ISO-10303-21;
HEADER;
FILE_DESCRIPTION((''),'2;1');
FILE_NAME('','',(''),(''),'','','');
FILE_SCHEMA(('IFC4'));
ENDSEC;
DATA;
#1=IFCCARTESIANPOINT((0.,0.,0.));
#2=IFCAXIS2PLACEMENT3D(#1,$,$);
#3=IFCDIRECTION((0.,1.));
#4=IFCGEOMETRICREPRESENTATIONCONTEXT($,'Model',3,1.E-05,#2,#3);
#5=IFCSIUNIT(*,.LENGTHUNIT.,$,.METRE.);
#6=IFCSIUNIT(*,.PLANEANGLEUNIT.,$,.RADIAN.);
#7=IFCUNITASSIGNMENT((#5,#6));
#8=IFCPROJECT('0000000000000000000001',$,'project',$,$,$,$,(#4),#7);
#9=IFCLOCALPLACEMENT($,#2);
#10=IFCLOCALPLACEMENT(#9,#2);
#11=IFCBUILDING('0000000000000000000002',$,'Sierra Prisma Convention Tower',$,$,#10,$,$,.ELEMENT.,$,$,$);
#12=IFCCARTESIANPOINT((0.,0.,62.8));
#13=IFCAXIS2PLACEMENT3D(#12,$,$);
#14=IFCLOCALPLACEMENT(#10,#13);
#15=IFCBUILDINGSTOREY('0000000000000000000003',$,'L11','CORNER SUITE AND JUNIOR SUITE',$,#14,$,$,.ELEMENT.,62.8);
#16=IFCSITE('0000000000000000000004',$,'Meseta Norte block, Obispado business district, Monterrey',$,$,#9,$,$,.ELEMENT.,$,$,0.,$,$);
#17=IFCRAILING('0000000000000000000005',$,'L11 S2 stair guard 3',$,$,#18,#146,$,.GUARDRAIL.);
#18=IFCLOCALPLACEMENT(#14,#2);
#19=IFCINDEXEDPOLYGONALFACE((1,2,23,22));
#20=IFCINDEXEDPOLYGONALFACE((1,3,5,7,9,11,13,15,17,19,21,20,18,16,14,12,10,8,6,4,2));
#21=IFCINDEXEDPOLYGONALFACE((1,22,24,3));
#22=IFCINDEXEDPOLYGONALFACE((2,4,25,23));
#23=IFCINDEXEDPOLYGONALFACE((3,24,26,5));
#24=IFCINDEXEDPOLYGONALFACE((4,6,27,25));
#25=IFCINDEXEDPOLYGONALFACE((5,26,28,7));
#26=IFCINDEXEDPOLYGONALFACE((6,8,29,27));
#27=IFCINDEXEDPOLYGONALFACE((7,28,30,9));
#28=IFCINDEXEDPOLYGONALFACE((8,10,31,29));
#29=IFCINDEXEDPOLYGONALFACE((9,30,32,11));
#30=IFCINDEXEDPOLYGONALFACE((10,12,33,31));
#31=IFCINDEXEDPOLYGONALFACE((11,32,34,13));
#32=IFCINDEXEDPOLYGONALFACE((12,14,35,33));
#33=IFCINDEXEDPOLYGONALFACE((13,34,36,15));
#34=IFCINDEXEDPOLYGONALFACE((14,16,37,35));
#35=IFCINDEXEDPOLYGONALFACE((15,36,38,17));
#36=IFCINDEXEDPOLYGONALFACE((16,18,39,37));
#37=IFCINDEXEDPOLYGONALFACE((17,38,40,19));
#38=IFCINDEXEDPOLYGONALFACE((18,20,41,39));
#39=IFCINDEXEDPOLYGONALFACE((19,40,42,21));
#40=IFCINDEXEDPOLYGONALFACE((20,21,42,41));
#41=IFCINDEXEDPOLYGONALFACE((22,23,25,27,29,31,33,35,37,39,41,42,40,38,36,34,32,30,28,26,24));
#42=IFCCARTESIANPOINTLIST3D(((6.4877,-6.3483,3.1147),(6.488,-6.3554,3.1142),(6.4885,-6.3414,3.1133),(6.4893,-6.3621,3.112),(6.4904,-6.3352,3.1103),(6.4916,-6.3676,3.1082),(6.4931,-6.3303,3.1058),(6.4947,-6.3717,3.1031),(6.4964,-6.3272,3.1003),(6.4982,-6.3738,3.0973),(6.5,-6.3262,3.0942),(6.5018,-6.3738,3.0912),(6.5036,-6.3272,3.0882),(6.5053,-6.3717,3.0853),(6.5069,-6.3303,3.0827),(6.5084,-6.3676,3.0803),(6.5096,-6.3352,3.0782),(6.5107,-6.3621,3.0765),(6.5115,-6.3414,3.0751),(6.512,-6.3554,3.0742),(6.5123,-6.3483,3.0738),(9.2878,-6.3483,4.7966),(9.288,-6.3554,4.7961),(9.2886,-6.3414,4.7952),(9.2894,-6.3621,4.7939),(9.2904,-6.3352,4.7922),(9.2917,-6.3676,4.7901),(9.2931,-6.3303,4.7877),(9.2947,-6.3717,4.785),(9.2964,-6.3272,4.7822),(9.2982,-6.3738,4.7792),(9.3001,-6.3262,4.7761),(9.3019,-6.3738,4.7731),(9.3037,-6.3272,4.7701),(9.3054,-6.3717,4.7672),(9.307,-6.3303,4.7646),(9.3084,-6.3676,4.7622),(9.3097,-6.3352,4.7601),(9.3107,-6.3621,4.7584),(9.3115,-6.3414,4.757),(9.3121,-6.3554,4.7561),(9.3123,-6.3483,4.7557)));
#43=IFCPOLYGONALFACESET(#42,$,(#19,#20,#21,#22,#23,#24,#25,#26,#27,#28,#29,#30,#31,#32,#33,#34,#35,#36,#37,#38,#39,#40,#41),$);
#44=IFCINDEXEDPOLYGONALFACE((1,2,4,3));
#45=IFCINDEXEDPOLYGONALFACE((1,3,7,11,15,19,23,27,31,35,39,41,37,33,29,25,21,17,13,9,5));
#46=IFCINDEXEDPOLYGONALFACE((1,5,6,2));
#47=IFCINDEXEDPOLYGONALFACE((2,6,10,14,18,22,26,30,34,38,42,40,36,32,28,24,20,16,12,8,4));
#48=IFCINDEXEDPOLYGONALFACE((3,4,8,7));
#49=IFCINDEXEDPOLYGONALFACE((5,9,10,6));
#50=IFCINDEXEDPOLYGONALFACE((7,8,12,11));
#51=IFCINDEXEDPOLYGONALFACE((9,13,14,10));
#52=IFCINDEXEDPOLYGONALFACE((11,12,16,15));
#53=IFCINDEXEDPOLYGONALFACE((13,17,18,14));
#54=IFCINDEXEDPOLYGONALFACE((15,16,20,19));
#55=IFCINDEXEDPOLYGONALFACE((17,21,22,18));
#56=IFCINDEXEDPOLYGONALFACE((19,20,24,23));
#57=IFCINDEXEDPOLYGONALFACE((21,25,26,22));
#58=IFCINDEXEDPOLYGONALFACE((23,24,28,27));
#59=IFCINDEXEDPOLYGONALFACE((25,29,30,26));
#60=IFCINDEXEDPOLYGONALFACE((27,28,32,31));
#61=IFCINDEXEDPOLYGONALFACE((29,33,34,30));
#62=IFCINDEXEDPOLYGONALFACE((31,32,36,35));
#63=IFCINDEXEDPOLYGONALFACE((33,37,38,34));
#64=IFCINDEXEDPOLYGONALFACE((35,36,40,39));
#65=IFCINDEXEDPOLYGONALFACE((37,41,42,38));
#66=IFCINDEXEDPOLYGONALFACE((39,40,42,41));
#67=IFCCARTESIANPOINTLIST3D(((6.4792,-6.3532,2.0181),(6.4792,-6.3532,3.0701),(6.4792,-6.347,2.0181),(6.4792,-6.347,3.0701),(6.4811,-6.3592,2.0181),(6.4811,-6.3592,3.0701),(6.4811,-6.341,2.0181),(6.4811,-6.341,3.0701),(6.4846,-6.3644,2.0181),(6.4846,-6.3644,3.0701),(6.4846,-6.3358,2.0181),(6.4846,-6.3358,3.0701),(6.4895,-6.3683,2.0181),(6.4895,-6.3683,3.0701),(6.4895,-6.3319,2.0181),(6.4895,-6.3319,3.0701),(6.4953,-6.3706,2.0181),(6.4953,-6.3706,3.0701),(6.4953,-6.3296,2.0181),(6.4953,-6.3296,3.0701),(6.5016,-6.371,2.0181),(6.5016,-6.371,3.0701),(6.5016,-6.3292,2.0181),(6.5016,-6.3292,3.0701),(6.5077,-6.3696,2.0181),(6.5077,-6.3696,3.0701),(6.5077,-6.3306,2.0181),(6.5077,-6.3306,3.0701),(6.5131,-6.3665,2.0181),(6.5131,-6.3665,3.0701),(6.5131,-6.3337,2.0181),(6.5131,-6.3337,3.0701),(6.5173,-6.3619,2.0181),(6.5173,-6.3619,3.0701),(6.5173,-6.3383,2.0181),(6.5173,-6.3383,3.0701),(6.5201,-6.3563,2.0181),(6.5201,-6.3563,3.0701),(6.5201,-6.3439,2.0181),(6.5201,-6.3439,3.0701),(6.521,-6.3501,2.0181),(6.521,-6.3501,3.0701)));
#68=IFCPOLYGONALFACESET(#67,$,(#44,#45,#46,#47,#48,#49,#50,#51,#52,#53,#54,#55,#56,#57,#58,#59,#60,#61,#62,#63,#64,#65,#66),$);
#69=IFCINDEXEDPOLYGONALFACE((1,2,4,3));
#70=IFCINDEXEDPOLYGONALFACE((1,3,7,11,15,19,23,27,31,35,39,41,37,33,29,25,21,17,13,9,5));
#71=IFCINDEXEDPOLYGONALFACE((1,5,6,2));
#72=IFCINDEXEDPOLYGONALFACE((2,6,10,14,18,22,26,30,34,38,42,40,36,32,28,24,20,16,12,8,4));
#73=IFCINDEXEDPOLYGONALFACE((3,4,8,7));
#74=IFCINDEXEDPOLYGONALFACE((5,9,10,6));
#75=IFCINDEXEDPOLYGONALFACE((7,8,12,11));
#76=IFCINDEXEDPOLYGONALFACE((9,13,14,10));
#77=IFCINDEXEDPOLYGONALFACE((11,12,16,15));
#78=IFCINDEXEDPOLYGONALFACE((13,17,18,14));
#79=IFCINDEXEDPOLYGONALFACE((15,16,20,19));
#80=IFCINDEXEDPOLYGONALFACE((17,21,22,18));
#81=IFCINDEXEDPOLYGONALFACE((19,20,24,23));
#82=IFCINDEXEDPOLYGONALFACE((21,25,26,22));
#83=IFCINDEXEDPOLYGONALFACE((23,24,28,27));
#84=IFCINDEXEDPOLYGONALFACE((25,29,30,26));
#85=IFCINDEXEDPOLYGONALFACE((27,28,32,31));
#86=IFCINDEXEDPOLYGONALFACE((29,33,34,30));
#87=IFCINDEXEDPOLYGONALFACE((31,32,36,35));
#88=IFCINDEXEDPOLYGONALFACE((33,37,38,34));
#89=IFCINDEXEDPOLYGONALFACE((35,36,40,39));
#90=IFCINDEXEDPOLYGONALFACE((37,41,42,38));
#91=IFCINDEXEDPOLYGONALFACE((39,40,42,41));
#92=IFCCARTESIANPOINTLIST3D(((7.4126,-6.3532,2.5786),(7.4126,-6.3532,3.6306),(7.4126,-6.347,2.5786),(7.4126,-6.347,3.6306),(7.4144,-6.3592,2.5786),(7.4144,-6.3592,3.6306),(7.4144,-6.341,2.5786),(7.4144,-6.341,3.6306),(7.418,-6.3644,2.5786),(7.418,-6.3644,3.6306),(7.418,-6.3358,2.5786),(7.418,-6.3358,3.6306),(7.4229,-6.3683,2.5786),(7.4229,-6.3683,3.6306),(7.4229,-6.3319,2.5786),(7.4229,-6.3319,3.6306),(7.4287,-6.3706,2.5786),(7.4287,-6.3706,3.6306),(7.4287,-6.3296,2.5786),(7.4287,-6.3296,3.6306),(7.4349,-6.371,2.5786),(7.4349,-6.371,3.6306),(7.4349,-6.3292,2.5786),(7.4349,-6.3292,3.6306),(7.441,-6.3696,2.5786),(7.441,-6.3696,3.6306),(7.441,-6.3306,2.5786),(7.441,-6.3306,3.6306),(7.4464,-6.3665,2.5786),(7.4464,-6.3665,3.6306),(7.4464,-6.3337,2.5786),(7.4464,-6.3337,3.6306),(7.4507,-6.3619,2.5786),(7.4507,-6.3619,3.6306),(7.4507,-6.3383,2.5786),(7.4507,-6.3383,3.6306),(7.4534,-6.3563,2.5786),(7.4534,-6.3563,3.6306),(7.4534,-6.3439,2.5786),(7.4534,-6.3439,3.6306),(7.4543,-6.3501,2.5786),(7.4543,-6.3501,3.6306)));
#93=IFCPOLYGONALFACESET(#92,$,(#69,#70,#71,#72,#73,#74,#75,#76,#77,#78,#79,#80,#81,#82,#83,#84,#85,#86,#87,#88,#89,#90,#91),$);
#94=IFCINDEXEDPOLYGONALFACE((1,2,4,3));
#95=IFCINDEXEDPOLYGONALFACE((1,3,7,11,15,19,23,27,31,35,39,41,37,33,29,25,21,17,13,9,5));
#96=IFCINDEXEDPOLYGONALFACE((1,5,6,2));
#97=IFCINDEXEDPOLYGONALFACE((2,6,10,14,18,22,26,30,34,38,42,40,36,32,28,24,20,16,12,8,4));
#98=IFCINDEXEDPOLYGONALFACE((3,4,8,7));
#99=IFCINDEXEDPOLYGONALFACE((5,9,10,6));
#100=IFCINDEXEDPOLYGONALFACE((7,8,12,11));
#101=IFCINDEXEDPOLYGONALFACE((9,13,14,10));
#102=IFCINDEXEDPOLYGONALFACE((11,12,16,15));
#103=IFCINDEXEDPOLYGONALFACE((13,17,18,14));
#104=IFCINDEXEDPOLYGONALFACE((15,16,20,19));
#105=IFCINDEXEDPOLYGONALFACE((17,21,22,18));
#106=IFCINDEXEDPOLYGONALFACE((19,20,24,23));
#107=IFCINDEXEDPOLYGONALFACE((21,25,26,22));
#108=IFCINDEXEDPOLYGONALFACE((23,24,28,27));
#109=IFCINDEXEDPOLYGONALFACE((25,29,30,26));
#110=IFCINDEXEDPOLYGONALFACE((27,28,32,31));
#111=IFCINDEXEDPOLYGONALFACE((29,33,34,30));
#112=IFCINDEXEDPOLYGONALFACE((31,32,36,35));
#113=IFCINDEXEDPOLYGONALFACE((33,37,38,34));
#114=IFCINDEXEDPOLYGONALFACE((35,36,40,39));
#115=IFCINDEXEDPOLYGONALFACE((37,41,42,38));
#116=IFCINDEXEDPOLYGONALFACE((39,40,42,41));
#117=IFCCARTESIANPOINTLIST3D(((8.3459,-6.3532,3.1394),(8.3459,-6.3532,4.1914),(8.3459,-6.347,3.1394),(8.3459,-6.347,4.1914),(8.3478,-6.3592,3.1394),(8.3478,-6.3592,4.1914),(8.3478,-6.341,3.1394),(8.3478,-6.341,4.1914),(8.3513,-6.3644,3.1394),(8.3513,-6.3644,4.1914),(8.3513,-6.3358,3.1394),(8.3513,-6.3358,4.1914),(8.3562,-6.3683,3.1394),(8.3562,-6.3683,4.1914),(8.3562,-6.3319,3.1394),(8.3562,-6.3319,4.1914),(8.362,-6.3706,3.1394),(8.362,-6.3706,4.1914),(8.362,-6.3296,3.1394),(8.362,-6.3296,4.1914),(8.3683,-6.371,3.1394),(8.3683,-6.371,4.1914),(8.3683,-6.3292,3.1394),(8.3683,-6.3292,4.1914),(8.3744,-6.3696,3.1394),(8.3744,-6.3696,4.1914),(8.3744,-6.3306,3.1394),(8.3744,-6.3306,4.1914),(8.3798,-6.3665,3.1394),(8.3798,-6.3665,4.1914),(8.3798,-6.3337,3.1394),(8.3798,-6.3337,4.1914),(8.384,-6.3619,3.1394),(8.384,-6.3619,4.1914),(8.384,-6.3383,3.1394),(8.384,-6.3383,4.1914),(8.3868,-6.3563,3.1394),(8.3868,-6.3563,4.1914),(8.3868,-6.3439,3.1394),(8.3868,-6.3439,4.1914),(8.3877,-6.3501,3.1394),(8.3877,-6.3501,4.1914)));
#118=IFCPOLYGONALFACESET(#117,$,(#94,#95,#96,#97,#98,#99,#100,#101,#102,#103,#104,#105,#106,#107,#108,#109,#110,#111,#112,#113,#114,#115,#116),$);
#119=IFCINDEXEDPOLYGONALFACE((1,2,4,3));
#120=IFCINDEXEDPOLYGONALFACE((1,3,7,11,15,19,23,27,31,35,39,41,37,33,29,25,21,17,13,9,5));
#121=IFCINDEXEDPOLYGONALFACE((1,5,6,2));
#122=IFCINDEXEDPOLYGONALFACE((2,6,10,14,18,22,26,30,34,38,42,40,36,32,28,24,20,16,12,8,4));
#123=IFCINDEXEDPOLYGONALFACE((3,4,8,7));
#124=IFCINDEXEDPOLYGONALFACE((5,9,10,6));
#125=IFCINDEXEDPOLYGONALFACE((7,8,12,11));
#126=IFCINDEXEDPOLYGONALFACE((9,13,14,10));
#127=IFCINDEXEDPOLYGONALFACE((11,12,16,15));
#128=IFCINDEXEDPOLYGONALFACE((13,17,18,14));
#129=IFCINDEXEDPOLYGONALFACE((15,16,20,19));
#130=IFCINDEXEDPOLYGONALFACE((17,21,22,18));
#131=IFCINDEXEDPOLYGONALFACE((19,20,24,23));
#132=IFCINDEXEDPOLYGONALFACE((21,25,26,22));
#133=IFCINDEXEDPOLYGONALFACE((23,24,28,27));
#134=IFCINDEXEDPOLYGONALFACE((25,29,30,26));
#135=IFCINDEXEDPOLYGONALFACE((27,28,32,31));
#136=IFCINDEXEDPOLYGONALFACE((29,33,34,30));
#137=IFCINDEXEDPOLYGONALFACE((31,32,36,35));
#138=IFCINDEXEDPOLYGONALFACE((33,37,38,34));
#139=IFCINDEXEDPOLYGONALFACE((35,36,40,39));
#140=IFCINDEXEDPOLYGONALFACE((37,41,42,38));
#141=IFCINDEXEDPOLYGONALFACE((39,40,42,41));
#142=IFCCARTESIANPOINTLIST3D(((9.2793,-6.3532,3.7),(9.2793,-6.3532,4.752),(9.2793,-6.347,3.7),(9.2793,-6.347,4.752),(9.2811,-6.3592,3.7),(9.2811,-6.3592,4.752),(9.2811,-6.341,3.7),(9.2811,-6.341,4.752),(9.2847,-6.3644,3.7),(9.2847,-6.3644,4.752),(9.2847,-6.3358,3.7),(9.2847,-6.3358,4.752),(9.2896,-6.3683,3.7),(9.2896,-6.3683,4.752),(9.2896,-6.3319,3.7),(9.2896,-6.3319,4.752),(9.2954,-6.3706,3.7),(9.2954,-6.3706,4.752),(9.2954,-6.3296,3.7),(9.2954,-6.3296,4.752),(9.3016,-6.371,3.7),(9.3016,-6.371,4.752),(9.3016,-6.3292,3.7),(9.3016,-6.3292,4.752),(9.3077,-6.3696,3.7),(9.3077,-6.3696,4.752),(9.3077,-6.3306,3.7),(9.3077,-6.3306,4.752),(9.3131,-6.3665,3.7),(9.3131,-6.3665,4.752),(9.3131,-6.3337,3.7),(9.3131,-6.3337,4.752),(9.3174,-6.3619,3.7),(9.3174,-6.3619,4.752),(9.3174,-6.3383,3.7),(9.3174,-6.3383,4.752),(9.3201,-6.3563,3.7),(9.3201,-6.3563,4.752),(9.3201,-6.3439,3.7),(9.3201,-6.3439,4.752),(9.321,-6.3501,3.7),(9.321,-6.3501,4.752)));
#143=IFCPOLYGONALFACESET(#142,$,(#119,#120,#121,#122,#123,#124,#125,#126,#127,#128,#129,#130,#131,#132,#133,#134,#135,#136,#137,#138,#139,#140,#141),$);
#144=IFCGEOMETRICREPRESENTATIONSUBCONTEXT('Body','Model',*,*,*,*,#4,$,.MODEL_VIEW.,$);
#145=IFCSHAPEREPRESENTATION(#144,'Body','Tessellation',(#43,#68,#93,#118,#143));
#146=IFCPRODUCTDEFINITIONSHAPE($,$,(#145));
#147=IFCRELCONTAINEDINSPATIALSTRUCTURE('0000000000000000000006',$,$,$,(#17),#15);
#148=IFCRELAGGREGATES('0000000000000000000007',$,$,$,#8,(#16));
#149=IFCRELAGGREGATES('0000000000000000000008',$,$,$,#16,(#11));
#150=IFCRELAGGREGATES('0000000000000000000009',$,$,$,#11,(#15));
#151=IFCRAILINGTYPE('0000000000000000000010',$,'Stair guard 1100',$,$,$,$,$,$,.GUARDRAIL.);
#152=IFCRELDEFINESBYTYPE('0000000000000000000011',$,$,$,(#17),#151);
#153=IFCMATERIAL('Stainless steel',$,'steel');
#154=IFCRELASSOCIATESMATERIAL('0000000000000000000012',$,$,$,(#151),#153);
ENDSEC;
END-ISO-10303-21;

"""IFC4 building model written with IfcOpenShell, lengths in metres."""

from ifc_helpers import new_model, si_unit, direction, frame, origin, origin_2d, place, context, subcontext, project, spatial, circle, extrude, material, type_object, element, save


model = new_model("IFC4")

# Units and contexts
model_context = context("Model", 3, precision=1e-05, world=origin(), true_north=direction((0.0, 1.0)))
body_context = subcontext(model_context, "Body", "Model", "MODEL_VIEW")
ifc_project = project(units=[si_unit("LENGTHUNIT", "METRE"), si_unit("PLANEANGLEUNIT", "RADIAN")], contexts=[model_context])

# Site, building, storey
site_placement = place(None, origin())
site = spatial("IfcSite", under=ifc_project, at=site_placement, Name="Meseta Norte block, Obispado business district, Monterrey", CompositionType="ELEMENT", RefElevation=0.0)
building_placement = place(site_placement, origin())
building = spatial("IfcBuilding", under=site, at=building_placement, Name="Sierra Prisma Convention Tower", CompositionType="ELEMENT")
storey_placement = place(building_placement, frame((0.0, 0.0, 62.8)))
storey = spatial("IfcBuildingStorey", under=building, at=storey_placement, Name="L11", Description="CORNER SUITE AND JUNIOR SUITE", CompositionType="ELEMENT", Elevation=62.8)

# Railing
ifc_material_1 = material(Name="Stainless steel", Category="steel")
railing_type_1 = type_object("IfcRailingType", Name="Stair guard 1100", PredefinedType="GUARDRAIL", material=ifc_material_1)
railing_1_placement = place(storey_placement, frame((6.5, -6.3501, 2.0181)))
element("IfcRailing", 1, at=railing_1_placement, inside=storey, type_object=railing_type_1, Name="L11 S2 stair guard 3", PredefinedType="GUARDRAIL", context=body_context, shape_type="SweptSolid", body=[
    extrude(circle(Radius=0.0239, at=origin_2d()), frame((0.0, 0.0, 1.0762), z_axis=(0.857242, 0.0, 0.514913), x_axis=(0.0, 1.0, 0.0)), (0.0, 0.0, 1.0), 3.2664),
    extrude(circle(Radius=0.021, at=origin_2d()), origin(), (0.0, 0.0, 1.0), 1.052),
    extrude(circle(Radius=0.021, at=origin_2d()), frame((0.9333, 0.0, 0.5605)), (0.0, 0.0, 1.0), 1.052),
    extrude(circle(Radius=0.021, at=origin_2d()), frame((1.8667, 0.0, 1.1213)), (0.0, 0.0, 1.0), 1.052),
    extrude(circle(Radius=0.021, at=origin_2d()), frame((2.8, 0.0, 1.6819)), (0.0, 0.0, 1.0), 1.052),
])

save(model, "model.ifc")
